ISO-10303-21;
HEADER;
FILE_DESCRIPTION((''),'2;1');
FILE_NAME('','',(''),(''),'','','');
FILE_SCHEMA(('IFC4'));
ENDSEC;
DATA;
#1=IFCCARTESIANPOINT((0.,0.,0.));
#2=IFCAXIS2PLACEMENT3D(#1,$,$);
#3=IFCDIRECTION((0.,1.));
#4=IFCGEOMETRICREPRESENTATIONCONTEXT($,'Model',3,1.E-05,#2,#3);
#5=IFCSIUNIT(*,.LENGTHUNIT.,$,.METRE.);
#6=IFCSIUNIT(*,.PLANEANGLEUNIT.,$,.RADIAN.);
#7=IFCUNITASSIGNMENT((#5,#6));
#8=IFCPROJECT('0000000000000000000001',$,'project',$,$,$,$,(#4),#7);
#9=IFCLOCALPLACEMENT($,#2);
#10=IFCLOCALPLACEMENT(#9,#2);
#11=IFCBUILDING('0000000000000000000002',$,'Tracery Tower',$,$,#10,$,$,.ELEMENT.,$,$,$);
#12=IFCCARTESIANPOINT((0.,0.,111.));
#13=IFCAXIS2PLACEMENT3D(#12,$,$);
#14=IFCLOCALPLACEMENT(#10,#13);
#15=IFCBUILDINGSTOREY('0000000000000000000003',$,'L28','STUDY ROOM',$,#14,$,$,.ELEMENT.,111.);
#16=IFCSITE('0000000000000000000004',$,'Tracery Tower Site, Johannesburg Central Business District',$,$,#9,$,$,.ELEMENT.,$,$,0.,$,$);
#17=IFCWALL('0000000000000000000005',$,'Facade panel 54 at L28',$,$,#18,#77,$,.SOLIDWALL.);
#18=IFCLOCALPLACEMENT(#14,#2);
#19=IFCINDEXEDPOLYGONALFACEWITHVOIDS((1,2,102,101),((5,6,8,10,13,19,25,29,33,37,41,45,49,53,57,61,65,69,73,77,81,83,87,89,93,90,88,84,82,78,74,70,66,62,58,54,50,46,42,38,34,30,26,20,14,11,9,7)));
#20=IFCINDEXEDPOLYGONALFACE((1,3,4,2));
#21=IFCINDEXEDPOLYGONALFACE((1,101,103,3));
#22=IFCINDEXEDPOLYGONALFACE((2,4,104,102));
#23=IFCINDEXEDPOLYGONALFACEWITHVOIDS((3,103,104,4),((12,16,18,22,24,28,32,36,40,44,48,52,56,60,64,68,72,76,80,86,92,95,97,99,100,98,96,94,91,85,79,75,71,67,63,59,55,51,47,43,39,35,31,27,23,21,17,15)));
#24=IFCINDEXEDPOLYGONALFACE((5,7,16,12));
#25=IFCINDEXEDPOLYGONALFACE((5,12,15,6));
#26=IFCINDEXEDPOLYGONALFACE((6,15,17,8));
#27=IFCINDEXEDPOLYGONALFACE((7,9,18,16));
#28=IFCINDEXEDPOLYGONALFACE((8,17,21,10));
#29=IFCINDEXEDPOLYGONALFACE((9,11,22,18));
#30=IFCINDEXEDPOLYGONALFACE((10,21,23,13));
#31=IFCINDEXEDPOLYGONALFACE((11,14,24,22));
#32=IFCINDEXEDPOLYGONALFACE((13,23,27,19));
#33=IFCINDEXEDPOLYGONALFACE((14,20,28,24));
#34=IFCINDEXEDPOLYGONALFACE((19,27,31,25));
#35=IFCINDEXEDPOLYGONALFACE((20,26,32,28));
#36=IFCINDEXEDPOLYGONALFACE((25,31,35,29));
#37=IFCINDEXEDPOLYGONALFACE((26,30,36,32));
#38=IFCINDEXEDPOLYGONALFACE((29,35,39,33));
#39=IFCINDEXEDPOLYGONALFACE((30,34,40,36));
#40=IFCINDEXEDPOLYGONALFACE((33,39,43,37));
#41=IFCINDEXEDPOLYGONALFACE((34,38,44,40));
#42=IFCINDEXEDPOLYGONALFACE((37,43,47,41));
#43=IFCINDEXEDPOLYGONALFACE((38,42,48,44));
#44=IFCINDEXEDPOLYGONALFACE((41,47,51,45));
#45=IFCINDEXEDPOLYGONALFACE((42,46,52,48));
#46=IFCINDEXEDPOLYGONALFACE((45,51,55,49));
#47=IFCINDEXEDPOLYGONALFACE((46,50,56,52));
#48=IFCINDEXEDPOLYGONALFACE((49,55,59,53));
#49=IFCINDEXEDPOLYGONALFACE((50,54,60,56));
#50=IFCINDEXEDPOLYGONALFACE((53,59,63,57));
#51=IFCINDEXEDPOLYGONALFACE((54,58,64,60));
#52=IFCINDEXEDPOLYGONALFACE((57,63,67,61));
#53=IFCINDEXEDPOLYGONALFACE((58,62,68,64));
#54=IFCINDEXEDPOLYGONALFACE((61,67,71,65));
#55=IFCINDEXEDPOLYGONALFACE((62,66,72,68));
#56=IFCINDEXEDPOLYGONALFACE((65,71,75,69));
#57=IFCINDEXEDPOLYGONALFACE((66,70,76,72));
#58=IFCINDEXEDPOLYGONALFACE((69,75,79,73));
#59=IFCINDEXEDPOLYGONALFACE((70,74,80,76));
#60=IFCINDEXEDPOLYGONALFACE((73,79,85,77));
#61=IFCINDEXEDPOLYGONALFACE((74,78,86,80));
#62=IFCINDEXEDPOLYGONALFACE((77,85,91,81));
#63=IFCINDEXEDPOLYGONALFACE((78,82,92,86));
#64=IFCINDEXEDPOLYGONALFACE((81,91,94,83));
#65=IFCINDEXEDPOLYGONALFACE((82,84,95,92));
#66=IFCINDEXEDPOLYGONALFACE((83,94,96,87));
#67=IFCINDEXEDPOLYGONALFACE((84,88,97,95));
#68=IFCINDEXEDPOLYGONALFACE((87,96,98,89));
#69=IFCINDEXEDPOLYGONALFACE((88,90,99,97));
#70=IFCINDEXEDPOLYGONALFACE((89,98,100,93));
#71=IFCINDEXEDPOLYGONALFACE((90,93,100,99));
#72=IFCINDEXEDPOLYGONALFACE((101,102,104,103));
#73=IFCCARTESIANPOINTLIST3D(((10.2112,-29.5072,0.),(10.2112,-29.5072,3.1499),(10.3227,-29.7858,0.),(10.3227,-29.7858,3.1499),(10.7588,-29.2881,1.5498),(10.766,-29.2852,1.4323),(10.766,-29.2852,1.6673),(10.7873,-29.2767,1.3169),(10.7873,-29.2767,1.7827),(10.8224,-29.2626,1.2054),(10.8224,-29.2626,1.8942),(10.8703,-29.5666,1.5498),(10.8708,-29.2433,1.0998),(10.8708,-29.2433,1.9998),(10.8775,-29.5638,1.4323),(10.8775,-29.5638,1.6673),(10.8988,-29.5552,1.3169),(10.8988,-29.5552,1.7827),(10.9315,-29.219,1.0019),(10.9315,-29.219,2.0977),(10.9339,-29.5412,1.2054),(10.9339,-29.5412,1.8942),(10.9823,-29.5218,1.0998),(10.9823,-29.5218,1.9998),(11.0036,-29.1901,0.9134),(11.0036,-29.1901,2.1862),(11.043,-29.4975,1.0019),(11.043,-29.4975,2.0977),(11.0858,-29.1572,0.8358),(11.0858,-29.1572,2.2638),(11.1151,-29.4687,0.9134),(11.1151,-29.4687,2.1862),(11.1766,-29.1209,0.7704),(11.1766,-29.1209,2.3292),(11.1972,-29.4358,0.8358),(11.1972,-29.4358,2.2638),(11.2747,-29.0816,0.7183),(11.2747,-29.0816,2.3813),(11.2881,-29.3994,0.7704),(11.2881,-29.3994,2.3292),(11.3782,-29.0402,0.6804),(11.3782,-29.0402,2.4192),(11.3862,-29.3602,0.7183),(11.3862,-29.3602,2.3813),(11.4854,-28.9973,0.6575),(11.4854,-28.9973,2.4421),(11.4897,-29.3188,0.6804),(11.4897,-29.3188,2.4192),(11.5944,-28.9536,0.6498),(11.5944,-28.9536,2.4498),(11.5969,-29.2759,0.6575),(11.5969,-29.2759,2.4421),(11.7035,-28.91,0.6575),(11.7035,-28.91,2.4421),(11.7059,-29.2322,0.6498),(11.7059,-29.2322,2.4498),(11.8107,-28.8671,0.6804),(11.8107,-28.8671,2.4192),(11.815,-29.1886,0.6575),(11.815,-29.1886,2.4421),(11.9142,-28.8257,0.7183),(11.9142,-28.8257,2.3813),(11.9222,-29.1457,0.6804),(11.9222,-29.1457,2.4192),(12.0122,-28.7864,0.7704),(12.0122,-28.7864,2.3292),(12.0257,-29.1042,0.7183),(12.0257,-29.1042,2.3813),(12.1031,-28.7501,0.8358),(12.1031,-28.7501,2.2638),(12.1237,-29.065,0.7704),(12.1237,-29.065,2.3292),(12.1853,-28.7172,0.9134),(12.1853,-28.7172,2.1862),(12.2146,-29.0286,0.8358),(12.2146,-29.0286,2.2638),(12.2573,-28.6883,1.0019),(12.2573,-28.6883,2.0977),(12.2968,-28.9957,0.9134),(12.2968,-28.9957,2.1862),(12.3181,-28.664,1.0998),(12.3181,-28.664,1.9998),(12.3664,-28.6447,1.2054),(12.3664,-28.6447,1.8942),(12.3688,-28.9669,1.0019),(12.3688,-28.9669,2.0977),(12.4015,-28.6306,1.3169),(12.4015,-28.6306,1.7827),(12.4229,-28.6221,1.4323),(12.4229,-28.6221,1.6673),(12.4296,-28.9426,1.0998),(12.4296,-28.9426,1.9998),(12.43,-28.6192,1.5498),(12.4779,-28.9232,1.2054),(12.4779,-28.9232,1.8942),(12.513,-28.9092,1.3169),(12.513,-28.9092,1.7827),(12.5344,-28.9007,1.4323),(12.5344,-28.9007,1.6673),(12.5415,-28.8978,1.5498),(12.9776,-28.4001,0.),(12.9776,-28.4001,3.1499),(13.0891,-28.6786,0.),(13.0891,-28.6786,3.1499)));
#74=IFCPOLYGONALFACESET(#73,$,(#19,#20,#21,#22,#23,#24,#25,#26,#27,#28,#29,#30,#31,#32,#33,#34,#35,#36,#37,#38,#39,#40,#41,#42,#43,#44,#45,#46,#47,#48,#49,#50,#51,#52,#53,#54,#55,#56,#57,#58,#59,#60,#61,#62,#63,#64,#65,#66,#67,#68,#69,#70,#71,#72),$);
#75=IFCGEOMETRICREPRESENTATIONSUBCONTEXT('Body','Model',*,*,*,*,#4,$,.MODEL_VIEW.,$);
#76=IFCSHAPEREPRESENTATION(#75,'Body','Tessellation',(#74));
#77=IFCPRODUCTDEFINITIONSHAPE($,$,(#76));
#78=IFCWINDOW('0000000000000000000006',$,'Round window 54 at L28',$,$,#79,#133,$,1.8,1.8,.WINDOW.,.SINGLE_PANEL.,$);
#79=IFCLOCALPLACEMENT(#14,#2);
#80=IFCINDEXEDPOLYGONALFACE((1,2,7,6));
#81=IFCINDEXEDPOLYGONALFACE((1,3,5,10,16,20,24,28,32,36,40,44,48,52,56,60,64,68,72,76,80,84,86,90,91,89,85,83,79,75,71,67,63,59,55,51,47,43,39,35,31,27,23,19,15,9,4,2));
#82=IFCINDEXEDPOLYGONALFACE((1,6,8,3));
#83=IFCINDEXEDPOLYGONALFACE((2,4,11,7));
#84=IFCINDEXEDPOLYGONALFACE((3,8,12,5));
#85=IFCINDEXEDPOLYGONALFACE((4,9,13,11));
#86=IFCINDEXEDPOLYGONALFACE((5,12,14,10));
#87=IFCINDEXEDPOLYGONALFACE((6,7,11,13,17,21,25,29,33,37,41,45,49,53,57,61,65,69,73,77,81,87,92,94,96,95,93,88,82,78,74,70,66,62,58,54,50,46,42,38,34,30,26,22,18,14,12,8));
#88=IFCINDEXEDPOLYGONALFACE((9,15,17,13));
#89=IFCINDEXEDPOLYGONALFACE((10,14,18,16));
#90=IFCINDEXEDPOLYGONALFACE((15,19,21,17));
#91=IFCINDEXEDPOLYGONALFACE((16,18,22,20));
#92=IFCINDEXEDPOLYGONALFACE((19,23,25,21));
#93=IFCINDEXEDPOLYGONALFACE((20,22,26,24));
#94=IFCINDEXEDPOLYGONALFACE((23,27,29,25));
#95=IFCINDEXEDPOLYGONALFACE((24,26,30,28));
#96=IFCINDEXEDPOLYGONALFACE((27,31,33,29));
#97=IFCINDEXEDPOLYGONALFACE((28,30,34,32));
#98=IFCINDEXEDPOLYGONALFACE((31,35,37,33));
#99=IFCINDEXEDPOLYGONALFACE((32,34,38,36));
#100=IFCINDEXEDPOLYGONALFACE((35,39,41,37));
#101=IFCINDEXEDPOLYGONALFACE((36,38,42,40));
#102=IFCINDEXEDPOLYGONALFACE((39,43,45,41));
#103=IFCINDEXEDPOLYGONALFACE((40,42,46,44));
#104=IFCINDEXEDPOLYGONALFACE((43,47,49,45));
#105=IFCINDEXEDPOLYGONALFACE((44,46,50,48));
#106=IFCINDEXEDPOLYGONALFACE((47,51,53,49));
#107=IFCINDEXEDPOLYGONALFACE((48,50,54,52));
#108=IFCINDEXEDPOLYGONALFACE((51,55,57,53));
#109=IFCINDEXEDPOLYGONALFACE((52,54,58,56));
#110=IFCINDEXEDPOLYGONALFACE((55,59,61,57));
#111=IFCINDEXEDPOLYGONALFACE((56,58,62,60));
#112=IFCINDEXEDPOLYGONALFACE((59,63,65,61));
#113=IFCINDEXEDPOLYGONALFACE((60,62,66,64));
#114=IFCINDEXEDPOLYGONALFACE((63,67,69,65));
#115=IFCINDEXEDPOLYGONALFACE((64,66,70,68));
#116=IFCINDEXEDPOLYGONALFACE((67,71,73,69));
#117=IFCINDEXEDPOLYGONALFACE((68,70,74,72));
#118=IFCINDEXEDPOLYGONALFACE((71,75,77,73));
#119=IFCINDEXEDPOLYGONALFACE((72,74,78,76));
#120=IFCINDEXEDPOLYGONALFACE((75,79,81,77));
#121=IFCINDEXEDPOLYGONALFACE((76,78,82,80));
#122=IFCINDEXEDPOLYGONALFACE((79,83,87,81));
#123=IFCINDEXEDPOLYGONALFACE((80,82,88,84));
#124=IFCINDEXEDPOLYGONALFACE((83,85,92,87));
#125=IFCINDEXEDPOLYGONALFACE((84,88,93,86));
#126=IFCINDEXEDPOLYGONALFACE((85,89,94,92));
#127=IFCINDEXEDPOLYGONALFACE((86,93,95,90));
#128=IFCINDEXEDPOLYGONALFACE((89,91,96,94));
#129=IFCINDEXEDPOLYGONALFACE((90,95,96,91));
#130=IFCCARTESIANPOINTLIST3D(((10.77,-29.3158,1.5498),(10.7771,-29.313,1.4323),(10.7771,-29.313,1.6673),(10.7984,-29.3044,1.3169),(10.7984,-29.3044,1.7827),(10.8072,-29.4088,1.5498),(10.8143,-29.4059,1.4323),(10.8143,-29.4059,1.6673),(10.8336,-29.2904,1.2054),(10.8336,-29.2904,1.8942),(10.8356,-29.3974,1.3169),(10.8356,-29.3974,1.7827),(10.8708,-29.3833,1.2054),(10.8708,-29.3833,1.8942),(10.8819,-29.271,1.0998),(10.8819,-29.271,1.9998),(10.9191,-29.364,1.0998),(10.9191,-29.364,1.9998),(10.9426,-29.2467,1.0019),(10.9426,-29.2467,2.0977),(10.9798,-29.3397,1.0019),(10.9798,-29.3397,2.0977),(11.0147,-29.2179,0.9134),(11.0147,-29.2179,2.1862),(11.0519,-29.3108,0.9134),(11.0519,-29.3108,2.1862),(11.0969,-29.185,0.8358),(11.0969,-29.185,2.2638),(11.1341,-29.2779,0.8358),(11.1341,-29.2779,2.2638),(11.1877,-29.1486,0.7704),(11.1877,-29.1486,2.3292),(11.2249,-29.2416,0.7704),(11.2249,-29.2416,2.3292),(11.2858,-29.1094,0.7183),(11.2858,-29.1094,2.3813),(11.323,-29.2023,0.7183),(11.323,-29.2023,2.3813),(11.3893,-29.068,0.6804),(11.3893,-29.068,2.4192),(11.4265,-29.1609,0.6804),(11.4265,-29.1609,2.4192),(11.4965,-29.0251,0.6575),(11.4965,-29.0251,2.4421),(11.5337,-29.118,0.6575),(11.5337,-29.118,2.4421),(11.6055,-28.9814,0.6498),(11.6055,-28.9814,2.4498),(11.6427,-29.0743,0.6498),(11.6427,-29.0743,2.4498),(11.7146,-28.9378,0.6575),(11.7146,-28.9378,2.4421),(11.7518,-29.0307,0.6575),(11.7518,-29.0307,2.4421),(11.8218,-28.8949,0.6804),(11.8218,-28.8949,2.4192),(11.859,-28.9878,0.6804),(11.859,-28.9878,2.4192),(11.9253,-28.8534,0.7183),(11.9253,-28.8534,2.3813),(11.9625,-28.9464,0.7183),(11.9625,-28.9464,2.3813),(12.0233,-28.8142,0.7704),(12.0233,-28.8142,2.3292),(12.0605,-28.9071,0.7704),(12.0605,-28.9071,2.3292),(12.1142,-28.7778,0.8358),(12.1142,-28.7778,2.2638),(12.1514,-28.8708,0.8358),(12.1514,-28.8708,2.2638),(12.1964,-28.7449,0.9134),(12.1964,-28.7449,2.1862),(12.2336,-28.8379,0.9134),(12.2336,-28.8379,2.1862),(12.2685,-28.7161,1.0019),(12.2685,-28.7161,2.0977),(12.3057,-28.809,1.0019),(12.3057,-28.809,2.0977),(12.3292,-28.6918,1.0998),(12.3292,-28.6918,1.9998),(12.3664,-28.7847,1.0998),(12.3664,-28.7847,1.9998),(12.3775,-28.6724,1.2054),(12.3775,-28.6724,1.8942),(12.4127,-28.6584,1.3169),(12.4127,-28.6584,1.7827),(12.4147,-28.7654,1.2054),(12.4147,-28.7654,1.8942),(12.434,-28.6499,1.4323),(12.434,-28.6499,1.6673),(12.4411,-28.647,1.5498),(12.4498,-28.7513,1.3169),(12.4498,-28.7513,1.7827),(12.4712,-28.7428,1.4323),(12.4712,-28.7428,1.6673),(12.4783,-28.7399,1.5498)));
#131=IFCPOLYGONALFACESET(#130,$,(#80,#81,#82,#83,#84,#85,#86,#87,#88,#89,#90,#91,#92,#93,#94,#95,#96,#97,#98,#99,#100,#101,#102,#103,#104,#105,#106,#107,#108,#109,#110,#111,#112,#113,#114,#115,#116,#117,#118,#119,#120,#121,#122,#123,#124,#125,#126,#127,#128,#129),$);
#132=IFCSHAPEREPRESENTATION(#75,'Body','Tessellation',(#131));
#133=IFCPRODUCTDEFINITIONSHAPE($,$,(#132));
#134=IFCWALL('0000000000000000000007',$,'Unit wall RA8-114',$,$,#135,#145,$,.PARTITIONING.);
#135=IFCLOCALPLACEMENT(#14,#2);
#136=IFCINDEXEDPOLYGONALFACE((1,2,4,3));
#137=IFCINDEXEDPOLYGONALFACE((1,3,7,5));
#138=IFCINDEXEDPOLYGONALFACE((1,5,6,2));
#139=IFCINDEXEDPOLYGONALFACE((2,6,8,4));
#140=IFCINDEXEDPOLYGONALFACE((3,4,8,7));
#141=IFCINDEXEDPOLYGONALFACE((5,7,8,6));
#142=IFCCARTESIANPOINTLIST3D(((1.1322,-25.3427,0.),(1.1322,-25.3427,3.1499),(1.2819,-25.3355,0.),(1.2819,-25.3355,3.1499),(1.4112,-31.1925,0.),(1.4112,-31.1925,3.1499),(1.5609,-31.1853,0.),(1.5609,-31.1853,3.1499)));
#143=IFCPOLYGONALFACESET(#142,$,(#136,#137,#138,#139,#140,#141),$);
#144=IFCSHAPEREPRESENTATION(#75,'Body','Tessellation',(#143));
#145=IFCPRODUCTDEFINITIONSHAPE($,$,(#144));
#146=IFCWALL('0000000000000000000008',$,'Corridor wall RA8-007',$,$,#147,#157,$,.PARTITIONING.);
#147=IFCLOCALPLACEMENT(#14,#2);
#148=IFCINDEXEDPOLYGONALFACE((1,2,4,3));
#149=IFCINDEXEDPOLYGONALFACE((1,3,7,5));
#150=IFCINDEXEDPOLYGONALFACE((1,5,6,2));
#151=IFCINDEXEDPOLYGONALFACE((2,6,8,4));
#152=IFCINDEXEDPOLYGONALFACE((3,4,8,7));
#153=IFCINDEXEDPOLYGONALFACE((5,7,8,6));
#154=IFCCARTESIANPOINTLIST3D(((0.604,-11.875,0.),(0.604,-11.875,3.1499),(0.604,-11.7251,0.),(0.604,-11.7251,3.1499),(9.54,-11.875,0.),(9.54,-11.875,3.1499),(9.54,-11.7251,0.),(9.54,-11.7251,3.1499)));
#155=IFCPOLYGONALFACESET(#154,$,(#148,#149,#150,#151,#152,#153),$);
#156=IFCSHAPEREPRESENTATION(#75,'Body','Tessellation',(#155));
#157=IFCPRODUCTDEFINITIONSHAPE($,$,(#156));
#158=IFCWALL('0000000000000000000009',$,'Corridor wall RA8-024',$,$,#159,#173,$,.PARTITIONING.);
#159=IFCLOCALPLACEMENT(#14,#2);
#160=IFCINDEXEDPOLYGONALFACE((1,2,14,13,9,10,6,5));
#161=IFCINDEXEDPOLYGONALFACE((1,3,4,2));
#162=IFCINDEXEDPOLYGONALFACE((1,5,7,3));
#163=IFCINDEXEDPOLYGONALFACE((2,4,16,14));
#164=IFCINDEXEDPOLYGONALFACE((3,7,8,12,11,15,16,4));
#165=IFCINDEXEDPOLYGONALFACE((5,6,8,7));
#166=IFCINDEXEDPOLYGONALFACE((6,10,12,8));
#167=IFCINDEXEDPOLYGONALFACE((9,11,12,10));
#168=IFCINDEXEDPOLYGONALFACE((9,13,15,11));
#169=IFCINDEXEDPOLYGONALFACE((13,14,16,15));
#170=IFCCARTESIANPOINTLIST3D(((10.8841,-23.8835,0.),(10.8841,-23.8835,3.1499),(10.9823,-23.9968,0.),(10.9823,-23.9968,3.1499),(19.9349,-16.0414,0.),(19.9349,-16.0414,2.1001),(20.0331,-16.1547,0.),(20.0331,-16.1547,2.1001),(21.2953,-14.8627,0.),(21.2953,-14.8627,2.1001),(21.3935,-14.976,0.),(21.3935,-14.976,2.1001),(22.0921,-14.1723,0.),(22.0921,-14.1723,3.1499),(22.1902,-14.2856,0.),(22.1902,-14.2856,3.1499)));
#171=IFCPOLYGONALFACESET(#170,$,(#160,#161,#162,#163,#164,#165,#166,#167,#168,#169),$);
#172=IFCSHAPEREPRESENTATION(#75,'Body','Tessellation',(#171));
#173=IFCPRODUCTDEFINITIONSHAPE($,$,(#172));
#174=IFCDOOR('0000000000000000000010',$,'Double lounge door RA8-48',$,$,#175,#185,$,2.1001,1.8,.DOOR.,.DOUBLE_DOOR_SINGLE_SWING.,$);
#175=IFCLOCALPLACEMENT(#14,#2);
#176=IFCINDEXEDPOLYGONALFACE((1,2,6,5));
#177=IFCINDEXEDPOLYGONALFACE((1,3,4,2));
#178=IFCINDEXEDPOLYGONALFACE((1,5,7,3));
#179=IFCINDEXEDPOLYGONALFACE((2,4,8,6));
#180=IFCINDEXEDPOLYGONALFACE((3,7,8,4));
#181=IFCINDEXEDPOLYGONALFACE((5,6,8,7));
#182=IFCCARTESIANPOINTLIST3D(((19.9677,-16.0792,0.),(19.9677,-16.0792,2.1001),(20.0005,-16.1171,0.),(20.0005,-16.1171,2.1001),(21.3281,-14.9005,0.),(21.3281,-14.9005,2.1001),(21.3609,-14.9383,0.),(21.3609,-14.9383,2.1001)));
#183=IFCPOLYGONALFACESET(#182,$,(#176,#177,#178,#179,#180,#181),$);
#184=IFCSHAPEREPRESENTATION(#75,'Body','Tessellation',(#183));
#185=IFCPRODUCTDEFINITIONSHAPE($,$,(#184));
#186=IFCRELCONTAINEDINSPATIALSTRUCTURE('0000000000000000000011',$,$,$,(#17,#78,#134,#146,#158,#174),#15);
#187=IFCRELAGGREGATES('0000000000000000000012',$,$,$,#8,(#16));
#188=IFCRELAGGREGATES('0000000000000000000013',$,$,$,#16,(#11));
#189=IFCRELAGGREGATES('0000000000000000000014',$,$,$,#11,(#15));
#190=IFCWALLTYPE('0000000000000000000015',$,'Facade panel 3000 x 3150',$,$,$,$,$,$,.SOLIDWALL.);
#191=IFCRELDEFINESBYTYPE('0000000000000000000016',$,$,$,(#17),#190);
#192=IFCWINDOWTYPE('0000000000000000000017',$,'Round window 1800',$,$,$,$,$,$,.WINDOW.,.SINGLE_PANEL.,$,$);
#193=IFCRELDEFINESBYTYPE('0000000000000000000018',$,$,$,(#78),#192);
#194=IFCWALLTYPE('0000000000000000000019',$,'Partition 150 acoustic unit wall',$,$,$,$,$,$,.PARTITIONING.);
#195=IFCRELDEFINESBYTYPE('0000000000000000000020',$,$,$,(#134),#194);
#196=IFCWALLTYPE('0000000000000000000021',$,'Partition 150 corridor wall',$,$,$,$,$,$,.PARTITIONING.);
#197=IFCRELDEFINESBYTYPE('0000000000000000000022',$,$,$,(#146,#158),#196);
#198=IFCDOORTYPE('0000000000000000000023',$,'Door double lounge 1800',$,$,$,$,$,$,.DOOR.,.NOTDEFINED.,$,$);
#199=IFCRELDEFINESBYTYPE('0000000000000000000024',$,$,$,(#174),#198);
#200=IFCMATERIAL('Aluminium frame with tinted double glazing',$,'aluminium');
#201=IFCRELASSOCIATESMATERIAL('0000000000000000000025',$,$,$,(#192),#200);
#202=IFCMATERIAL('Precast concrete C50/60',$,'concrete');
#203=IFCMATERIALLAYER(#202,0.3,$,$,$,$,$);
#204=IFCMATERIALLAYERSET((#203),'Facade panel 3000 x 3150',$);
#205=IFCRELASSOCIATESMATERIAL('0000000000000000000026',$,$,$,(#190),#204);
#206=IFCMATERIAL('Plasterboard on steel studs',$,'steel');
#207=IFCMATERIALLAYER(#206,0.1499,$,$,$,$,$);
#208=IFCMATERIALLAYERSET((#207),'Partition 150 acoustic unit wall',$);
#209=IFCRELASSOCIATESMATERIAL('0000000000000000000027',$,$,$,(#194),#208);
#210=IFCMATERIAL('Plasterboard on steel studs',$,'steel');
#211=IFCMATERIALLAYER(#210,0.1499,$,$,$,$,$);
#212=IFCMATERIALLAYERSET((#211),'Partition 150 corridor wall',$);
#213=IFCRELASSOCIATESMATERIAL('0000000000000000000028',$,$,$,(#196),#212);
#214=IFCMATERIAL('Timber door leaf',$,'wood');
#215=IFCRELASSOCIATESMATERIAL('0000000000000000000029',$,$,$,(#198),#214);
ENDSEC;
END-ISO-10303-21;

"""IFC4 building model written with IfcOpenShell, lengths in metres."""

from ifc_helpers import new_model, si_unit, direction, frame, frame_2d, origin, origin_2d, place, context, subcontext, project, spatial, rectangle, circle, extrude, material, layer, layer_set, type_object, element, fill, save


model = new_model("IFC4")

# Units and contexts
model_context = context("Model", 3, precision=1e-05, world=origin(), true_north=direction((0.0, 1.0)))
body_context = subcontext(model_context, "Body", "Model", "MODEL_VIEW")
ifc_project = project(units=[si_unit("LENGTHUNIT", "METRE"), si_unit("PLANEANGLEUNIT", "RADIAN")], contexts=[model_context])

# Site, building, storey
site_placement = place(None, origin())
site = spatial("IfcSite", under=ifc_project, at=site_placement, Name="Tracery Tower Site, Johannesburg Central Business District", CompositionType="ELEMENT", RefElevation=0.0)
building_placement = place(site_placement, origin())
building = spatial("IfcBuilding", under=site, at=building_placement, Name="Tracery Tower", CompositionType="ELEMENT")
storey_placement = place(building_placement, frame((0.0, 0.0, 111.0)))
storey = spatial("IfcBuildingStorey", under=building, at=storey_placement, Name="L28", Description="STUDY ROOM", CompositionType="ELEMENT", Elevation=111.0)

# Wall, opening, window
ifc_material_1 = material(Name="Aluminium frame with tinted double glazing", Category="aluminium")
window_type = type_object("IfcWindowType", Name="Round window 1800", PartitioningType="SINGLE_PANEL", PredefinedType="WINDOW", material=ifc_material_1)
ifc_material_2 = material(Name="Precast concrete C50/60", Category="concrete")
ifc_layer_1 = layer(ifc_material_2, 0.3)
ifc_layer_set_1 = layer_set([ifc_layer_1], Name="Facade panel 3000 x 3150")
wall_type_1 = type_object("IfcWallType", Name="Facade panel 3000 x 3150", PredefinedType="SOLIDWALL", material=ifc_layer_set_1)
wall_1_placement = place(storey_placement, frame((10.2671, -29.6465, 0.0), z_axis=(0.0, 0.0, 1.0), x_axis=(0.928403, 0.371574, 0.0)))
wall_1 = element("IfcWall", 1, at=wall_1_placement, inside=storey, type_object=wall_type_1, Name="Facade panel 54 at L28", PredefinedType="SOLIDWALL", context=body_context, shape_type="SweptSolid", body=[
    extrude(rectangle(XDim=2.9797, YDim=0.3, at=frame_2d((1.4897, 0.0))), origin(), (0.0, 0.0, 1.0), 3.1499),
])
opening_1_placement = place(wall_1_placement, frame((1.4897, 0.0, 1.5498)))
opening_1 = element("IfcOpeningElement", 2, at=opening_1_placement, cuts=wall_1, PredefinedType="OPENING", context=body_context, shape_type="SweptSolid", body=[
    extrude(circle(Radius=0.9, at=origin_2d()), frame((0.0, 0.1599, 0.0), z_axis=(0.0, -1.0, 0.0), x_axis=(1.0, 0.0, 0.0)), (0.0, 0.0, 1.0), 0.3201),
])
window_1_placement = place(opening_1_placement, origin())
window_1 = element("IfcWindow", 3, at=window_1_placement, inside=storey, type_object=window_type, Name="Round window 54 at L28", OverallHeight=1.8, OverallWidth=1.8, PartitioningType="SINGLE_PANEL", PredefinedType="WINDOW", context=body_context, shape_type="SweptSolid", body=[
    extrude(circle(Radius=0.9, at=origin_2d()), frame((0.0, 0.1201, 0.0), z_axis=(0.0, -1.0, 0.0), x_axis=(1.0, 0.0, 0.0)), (0.0, 0.0, 1.0), 0.1001),
])
fill(opening_1, window_1)

# Walls
ifc_material_3 = material(Name="Plasterboard on steel studs", Category="steel")
ifc_layer_2 = layer(ifc_material_3, 0.1499)
ifc_layer_set_2 = layer_set([ifc_layer_2], Name="Partition 150 acoustic unit wall")
wall_type_2 = type_object("IfcWallType", Name="Partition 150 acoustic unit wall", PredefinedType="PARTITIONING", material=ifc_layer_set_2)
wall_2_placement = place(storey_placement, frame((1.207, -25.3391, 0.0), z_axis=(0.0, 0.0, 1.0), x_axis=(0.047648, -0.998864, 0.0)))
element("IfcWall", 4, at=wall_2_placement, inside=storey, type_object=wall_type_2, Name="Unit wall RA8-114", PredefinedType="PARTITIONING", context=body_context, shape_type="SweptSolid", body=[
    extrude(rectangle(XDim=5.8564, YDim=0.1499, at=frame_2d((2.9282, 0.0))), origin(), (0.0, 0.0, 1.0), 3.1499),
])
ifc_material_4 = material(Name="Plasterboard on steel studs", Category="steel")
ifc_layer_3 = layer(ifc_material_4, 0.1499)
ifc_layer_set_3 = layer_set([ifc_layer_3], Name="Partition 150 corridor wall")
wall_type_3 = type_object("IfcWallType", Name="Partition 150 corridor wall", PredefinedType="PARTITIONING", material=ifc_layer_set_3)
wall_3_placement = place(storey_placement, frame((0.604, -11.8, 0.0), z_axis=(0.0, 0.0, 1.0), x_axis=(1.0, 0.0, 0.0)))
element("IfcWall", 5, at=wall_3_placement, inside=storey, type_object=wall_type_3, Name="Corridor wall RA8-007", PredefinedType="PARTITIONING", context=body_context, shape_type="SweptSolid", body=[
    extrude(rectangle(XDim=8.936, YDim=0.1499, at=frame_2d((4.468, 0.0))), origin(), (0.0, 0.0, 1.0), 3.1499),
])

# Wall, opening, door
wall_4_placement = place(storey_placement, frame((10.9331, -23.9402, 0.0), z_axis=(0.0, 0.0, 1.0), x_axis=(0.75577, 0.654837, 0.0)))
wall_4 = element("IfcWall", 6, at=wall_4_placement, inside=storey, type_object=wall_type_3, Name="Corridor wall RA8-024", PredefinedType="PARTITIONING", context=body_context, shape_type="SweptSolid", body=[
    extrude(rectangle(XDim=14.8298, YDim=0.1499, at=frame_2d((7.415, 0.0))), origin(), (0.0, 0.0, 1.0), 3.1499),
])
opening_2_placement = place(wall_4_placement, frame((11.9758, 0.0, 0.0)))
opening_2 = element("IfcOpeningElement", 7, at=opening_2_placement, cuts=wall_4, PredefinedType="OPENING", context=body_context, shape_type="SweptSolid", body=[
    extrude(rectangle(XDim=1.8, YDim=2.1001, at=frame_2d((0.8999, 1.05))), frame((0.0, 0.075, 0.0), z_axis=(0.0, -1.0, 0.0), x_axis=(1.0, 0.0, 0.0)), (0.0, 0.0, 1.0), 0.1499),
])
ifc_material_5 = material(Name="Timber door leaf", Category="wood")
door_type_1 = type_object("IfcDoorType", Name="Door double lounge 1800", OperationType="NOTDEFINED", PredefinedType="DOOR", material=ifc_material_5)
door_1_placement = place(opening_2_placement, origin())
door_1 = element("IfcDoor", 8, at=door_1_placement, inside=storey, type_object=door_type_1, Name="Double lounge door RA8-48", OperationType="DOUBLE_DOOR_SINGLE_SWING", OverallHeight=2.1001, OverallWidth=1.8, PredefinedType="DOOR", context=body_context, shape_type="SweptSolid", body=[
    extrude(rectangle(XDim=1.8, YDim=2.1001, at=frame_2d((0.8999, 1.05))), frame((0.0, 0.0249, 0.0), z_axis=(0.0, -1.0, 0.0), x_axis=(1.0, 0.0, 0.0)), (0.0, 0.0, 1.0), 0.05),
])
fill(opening_2, door_1)

save(model, "model.ifc")
